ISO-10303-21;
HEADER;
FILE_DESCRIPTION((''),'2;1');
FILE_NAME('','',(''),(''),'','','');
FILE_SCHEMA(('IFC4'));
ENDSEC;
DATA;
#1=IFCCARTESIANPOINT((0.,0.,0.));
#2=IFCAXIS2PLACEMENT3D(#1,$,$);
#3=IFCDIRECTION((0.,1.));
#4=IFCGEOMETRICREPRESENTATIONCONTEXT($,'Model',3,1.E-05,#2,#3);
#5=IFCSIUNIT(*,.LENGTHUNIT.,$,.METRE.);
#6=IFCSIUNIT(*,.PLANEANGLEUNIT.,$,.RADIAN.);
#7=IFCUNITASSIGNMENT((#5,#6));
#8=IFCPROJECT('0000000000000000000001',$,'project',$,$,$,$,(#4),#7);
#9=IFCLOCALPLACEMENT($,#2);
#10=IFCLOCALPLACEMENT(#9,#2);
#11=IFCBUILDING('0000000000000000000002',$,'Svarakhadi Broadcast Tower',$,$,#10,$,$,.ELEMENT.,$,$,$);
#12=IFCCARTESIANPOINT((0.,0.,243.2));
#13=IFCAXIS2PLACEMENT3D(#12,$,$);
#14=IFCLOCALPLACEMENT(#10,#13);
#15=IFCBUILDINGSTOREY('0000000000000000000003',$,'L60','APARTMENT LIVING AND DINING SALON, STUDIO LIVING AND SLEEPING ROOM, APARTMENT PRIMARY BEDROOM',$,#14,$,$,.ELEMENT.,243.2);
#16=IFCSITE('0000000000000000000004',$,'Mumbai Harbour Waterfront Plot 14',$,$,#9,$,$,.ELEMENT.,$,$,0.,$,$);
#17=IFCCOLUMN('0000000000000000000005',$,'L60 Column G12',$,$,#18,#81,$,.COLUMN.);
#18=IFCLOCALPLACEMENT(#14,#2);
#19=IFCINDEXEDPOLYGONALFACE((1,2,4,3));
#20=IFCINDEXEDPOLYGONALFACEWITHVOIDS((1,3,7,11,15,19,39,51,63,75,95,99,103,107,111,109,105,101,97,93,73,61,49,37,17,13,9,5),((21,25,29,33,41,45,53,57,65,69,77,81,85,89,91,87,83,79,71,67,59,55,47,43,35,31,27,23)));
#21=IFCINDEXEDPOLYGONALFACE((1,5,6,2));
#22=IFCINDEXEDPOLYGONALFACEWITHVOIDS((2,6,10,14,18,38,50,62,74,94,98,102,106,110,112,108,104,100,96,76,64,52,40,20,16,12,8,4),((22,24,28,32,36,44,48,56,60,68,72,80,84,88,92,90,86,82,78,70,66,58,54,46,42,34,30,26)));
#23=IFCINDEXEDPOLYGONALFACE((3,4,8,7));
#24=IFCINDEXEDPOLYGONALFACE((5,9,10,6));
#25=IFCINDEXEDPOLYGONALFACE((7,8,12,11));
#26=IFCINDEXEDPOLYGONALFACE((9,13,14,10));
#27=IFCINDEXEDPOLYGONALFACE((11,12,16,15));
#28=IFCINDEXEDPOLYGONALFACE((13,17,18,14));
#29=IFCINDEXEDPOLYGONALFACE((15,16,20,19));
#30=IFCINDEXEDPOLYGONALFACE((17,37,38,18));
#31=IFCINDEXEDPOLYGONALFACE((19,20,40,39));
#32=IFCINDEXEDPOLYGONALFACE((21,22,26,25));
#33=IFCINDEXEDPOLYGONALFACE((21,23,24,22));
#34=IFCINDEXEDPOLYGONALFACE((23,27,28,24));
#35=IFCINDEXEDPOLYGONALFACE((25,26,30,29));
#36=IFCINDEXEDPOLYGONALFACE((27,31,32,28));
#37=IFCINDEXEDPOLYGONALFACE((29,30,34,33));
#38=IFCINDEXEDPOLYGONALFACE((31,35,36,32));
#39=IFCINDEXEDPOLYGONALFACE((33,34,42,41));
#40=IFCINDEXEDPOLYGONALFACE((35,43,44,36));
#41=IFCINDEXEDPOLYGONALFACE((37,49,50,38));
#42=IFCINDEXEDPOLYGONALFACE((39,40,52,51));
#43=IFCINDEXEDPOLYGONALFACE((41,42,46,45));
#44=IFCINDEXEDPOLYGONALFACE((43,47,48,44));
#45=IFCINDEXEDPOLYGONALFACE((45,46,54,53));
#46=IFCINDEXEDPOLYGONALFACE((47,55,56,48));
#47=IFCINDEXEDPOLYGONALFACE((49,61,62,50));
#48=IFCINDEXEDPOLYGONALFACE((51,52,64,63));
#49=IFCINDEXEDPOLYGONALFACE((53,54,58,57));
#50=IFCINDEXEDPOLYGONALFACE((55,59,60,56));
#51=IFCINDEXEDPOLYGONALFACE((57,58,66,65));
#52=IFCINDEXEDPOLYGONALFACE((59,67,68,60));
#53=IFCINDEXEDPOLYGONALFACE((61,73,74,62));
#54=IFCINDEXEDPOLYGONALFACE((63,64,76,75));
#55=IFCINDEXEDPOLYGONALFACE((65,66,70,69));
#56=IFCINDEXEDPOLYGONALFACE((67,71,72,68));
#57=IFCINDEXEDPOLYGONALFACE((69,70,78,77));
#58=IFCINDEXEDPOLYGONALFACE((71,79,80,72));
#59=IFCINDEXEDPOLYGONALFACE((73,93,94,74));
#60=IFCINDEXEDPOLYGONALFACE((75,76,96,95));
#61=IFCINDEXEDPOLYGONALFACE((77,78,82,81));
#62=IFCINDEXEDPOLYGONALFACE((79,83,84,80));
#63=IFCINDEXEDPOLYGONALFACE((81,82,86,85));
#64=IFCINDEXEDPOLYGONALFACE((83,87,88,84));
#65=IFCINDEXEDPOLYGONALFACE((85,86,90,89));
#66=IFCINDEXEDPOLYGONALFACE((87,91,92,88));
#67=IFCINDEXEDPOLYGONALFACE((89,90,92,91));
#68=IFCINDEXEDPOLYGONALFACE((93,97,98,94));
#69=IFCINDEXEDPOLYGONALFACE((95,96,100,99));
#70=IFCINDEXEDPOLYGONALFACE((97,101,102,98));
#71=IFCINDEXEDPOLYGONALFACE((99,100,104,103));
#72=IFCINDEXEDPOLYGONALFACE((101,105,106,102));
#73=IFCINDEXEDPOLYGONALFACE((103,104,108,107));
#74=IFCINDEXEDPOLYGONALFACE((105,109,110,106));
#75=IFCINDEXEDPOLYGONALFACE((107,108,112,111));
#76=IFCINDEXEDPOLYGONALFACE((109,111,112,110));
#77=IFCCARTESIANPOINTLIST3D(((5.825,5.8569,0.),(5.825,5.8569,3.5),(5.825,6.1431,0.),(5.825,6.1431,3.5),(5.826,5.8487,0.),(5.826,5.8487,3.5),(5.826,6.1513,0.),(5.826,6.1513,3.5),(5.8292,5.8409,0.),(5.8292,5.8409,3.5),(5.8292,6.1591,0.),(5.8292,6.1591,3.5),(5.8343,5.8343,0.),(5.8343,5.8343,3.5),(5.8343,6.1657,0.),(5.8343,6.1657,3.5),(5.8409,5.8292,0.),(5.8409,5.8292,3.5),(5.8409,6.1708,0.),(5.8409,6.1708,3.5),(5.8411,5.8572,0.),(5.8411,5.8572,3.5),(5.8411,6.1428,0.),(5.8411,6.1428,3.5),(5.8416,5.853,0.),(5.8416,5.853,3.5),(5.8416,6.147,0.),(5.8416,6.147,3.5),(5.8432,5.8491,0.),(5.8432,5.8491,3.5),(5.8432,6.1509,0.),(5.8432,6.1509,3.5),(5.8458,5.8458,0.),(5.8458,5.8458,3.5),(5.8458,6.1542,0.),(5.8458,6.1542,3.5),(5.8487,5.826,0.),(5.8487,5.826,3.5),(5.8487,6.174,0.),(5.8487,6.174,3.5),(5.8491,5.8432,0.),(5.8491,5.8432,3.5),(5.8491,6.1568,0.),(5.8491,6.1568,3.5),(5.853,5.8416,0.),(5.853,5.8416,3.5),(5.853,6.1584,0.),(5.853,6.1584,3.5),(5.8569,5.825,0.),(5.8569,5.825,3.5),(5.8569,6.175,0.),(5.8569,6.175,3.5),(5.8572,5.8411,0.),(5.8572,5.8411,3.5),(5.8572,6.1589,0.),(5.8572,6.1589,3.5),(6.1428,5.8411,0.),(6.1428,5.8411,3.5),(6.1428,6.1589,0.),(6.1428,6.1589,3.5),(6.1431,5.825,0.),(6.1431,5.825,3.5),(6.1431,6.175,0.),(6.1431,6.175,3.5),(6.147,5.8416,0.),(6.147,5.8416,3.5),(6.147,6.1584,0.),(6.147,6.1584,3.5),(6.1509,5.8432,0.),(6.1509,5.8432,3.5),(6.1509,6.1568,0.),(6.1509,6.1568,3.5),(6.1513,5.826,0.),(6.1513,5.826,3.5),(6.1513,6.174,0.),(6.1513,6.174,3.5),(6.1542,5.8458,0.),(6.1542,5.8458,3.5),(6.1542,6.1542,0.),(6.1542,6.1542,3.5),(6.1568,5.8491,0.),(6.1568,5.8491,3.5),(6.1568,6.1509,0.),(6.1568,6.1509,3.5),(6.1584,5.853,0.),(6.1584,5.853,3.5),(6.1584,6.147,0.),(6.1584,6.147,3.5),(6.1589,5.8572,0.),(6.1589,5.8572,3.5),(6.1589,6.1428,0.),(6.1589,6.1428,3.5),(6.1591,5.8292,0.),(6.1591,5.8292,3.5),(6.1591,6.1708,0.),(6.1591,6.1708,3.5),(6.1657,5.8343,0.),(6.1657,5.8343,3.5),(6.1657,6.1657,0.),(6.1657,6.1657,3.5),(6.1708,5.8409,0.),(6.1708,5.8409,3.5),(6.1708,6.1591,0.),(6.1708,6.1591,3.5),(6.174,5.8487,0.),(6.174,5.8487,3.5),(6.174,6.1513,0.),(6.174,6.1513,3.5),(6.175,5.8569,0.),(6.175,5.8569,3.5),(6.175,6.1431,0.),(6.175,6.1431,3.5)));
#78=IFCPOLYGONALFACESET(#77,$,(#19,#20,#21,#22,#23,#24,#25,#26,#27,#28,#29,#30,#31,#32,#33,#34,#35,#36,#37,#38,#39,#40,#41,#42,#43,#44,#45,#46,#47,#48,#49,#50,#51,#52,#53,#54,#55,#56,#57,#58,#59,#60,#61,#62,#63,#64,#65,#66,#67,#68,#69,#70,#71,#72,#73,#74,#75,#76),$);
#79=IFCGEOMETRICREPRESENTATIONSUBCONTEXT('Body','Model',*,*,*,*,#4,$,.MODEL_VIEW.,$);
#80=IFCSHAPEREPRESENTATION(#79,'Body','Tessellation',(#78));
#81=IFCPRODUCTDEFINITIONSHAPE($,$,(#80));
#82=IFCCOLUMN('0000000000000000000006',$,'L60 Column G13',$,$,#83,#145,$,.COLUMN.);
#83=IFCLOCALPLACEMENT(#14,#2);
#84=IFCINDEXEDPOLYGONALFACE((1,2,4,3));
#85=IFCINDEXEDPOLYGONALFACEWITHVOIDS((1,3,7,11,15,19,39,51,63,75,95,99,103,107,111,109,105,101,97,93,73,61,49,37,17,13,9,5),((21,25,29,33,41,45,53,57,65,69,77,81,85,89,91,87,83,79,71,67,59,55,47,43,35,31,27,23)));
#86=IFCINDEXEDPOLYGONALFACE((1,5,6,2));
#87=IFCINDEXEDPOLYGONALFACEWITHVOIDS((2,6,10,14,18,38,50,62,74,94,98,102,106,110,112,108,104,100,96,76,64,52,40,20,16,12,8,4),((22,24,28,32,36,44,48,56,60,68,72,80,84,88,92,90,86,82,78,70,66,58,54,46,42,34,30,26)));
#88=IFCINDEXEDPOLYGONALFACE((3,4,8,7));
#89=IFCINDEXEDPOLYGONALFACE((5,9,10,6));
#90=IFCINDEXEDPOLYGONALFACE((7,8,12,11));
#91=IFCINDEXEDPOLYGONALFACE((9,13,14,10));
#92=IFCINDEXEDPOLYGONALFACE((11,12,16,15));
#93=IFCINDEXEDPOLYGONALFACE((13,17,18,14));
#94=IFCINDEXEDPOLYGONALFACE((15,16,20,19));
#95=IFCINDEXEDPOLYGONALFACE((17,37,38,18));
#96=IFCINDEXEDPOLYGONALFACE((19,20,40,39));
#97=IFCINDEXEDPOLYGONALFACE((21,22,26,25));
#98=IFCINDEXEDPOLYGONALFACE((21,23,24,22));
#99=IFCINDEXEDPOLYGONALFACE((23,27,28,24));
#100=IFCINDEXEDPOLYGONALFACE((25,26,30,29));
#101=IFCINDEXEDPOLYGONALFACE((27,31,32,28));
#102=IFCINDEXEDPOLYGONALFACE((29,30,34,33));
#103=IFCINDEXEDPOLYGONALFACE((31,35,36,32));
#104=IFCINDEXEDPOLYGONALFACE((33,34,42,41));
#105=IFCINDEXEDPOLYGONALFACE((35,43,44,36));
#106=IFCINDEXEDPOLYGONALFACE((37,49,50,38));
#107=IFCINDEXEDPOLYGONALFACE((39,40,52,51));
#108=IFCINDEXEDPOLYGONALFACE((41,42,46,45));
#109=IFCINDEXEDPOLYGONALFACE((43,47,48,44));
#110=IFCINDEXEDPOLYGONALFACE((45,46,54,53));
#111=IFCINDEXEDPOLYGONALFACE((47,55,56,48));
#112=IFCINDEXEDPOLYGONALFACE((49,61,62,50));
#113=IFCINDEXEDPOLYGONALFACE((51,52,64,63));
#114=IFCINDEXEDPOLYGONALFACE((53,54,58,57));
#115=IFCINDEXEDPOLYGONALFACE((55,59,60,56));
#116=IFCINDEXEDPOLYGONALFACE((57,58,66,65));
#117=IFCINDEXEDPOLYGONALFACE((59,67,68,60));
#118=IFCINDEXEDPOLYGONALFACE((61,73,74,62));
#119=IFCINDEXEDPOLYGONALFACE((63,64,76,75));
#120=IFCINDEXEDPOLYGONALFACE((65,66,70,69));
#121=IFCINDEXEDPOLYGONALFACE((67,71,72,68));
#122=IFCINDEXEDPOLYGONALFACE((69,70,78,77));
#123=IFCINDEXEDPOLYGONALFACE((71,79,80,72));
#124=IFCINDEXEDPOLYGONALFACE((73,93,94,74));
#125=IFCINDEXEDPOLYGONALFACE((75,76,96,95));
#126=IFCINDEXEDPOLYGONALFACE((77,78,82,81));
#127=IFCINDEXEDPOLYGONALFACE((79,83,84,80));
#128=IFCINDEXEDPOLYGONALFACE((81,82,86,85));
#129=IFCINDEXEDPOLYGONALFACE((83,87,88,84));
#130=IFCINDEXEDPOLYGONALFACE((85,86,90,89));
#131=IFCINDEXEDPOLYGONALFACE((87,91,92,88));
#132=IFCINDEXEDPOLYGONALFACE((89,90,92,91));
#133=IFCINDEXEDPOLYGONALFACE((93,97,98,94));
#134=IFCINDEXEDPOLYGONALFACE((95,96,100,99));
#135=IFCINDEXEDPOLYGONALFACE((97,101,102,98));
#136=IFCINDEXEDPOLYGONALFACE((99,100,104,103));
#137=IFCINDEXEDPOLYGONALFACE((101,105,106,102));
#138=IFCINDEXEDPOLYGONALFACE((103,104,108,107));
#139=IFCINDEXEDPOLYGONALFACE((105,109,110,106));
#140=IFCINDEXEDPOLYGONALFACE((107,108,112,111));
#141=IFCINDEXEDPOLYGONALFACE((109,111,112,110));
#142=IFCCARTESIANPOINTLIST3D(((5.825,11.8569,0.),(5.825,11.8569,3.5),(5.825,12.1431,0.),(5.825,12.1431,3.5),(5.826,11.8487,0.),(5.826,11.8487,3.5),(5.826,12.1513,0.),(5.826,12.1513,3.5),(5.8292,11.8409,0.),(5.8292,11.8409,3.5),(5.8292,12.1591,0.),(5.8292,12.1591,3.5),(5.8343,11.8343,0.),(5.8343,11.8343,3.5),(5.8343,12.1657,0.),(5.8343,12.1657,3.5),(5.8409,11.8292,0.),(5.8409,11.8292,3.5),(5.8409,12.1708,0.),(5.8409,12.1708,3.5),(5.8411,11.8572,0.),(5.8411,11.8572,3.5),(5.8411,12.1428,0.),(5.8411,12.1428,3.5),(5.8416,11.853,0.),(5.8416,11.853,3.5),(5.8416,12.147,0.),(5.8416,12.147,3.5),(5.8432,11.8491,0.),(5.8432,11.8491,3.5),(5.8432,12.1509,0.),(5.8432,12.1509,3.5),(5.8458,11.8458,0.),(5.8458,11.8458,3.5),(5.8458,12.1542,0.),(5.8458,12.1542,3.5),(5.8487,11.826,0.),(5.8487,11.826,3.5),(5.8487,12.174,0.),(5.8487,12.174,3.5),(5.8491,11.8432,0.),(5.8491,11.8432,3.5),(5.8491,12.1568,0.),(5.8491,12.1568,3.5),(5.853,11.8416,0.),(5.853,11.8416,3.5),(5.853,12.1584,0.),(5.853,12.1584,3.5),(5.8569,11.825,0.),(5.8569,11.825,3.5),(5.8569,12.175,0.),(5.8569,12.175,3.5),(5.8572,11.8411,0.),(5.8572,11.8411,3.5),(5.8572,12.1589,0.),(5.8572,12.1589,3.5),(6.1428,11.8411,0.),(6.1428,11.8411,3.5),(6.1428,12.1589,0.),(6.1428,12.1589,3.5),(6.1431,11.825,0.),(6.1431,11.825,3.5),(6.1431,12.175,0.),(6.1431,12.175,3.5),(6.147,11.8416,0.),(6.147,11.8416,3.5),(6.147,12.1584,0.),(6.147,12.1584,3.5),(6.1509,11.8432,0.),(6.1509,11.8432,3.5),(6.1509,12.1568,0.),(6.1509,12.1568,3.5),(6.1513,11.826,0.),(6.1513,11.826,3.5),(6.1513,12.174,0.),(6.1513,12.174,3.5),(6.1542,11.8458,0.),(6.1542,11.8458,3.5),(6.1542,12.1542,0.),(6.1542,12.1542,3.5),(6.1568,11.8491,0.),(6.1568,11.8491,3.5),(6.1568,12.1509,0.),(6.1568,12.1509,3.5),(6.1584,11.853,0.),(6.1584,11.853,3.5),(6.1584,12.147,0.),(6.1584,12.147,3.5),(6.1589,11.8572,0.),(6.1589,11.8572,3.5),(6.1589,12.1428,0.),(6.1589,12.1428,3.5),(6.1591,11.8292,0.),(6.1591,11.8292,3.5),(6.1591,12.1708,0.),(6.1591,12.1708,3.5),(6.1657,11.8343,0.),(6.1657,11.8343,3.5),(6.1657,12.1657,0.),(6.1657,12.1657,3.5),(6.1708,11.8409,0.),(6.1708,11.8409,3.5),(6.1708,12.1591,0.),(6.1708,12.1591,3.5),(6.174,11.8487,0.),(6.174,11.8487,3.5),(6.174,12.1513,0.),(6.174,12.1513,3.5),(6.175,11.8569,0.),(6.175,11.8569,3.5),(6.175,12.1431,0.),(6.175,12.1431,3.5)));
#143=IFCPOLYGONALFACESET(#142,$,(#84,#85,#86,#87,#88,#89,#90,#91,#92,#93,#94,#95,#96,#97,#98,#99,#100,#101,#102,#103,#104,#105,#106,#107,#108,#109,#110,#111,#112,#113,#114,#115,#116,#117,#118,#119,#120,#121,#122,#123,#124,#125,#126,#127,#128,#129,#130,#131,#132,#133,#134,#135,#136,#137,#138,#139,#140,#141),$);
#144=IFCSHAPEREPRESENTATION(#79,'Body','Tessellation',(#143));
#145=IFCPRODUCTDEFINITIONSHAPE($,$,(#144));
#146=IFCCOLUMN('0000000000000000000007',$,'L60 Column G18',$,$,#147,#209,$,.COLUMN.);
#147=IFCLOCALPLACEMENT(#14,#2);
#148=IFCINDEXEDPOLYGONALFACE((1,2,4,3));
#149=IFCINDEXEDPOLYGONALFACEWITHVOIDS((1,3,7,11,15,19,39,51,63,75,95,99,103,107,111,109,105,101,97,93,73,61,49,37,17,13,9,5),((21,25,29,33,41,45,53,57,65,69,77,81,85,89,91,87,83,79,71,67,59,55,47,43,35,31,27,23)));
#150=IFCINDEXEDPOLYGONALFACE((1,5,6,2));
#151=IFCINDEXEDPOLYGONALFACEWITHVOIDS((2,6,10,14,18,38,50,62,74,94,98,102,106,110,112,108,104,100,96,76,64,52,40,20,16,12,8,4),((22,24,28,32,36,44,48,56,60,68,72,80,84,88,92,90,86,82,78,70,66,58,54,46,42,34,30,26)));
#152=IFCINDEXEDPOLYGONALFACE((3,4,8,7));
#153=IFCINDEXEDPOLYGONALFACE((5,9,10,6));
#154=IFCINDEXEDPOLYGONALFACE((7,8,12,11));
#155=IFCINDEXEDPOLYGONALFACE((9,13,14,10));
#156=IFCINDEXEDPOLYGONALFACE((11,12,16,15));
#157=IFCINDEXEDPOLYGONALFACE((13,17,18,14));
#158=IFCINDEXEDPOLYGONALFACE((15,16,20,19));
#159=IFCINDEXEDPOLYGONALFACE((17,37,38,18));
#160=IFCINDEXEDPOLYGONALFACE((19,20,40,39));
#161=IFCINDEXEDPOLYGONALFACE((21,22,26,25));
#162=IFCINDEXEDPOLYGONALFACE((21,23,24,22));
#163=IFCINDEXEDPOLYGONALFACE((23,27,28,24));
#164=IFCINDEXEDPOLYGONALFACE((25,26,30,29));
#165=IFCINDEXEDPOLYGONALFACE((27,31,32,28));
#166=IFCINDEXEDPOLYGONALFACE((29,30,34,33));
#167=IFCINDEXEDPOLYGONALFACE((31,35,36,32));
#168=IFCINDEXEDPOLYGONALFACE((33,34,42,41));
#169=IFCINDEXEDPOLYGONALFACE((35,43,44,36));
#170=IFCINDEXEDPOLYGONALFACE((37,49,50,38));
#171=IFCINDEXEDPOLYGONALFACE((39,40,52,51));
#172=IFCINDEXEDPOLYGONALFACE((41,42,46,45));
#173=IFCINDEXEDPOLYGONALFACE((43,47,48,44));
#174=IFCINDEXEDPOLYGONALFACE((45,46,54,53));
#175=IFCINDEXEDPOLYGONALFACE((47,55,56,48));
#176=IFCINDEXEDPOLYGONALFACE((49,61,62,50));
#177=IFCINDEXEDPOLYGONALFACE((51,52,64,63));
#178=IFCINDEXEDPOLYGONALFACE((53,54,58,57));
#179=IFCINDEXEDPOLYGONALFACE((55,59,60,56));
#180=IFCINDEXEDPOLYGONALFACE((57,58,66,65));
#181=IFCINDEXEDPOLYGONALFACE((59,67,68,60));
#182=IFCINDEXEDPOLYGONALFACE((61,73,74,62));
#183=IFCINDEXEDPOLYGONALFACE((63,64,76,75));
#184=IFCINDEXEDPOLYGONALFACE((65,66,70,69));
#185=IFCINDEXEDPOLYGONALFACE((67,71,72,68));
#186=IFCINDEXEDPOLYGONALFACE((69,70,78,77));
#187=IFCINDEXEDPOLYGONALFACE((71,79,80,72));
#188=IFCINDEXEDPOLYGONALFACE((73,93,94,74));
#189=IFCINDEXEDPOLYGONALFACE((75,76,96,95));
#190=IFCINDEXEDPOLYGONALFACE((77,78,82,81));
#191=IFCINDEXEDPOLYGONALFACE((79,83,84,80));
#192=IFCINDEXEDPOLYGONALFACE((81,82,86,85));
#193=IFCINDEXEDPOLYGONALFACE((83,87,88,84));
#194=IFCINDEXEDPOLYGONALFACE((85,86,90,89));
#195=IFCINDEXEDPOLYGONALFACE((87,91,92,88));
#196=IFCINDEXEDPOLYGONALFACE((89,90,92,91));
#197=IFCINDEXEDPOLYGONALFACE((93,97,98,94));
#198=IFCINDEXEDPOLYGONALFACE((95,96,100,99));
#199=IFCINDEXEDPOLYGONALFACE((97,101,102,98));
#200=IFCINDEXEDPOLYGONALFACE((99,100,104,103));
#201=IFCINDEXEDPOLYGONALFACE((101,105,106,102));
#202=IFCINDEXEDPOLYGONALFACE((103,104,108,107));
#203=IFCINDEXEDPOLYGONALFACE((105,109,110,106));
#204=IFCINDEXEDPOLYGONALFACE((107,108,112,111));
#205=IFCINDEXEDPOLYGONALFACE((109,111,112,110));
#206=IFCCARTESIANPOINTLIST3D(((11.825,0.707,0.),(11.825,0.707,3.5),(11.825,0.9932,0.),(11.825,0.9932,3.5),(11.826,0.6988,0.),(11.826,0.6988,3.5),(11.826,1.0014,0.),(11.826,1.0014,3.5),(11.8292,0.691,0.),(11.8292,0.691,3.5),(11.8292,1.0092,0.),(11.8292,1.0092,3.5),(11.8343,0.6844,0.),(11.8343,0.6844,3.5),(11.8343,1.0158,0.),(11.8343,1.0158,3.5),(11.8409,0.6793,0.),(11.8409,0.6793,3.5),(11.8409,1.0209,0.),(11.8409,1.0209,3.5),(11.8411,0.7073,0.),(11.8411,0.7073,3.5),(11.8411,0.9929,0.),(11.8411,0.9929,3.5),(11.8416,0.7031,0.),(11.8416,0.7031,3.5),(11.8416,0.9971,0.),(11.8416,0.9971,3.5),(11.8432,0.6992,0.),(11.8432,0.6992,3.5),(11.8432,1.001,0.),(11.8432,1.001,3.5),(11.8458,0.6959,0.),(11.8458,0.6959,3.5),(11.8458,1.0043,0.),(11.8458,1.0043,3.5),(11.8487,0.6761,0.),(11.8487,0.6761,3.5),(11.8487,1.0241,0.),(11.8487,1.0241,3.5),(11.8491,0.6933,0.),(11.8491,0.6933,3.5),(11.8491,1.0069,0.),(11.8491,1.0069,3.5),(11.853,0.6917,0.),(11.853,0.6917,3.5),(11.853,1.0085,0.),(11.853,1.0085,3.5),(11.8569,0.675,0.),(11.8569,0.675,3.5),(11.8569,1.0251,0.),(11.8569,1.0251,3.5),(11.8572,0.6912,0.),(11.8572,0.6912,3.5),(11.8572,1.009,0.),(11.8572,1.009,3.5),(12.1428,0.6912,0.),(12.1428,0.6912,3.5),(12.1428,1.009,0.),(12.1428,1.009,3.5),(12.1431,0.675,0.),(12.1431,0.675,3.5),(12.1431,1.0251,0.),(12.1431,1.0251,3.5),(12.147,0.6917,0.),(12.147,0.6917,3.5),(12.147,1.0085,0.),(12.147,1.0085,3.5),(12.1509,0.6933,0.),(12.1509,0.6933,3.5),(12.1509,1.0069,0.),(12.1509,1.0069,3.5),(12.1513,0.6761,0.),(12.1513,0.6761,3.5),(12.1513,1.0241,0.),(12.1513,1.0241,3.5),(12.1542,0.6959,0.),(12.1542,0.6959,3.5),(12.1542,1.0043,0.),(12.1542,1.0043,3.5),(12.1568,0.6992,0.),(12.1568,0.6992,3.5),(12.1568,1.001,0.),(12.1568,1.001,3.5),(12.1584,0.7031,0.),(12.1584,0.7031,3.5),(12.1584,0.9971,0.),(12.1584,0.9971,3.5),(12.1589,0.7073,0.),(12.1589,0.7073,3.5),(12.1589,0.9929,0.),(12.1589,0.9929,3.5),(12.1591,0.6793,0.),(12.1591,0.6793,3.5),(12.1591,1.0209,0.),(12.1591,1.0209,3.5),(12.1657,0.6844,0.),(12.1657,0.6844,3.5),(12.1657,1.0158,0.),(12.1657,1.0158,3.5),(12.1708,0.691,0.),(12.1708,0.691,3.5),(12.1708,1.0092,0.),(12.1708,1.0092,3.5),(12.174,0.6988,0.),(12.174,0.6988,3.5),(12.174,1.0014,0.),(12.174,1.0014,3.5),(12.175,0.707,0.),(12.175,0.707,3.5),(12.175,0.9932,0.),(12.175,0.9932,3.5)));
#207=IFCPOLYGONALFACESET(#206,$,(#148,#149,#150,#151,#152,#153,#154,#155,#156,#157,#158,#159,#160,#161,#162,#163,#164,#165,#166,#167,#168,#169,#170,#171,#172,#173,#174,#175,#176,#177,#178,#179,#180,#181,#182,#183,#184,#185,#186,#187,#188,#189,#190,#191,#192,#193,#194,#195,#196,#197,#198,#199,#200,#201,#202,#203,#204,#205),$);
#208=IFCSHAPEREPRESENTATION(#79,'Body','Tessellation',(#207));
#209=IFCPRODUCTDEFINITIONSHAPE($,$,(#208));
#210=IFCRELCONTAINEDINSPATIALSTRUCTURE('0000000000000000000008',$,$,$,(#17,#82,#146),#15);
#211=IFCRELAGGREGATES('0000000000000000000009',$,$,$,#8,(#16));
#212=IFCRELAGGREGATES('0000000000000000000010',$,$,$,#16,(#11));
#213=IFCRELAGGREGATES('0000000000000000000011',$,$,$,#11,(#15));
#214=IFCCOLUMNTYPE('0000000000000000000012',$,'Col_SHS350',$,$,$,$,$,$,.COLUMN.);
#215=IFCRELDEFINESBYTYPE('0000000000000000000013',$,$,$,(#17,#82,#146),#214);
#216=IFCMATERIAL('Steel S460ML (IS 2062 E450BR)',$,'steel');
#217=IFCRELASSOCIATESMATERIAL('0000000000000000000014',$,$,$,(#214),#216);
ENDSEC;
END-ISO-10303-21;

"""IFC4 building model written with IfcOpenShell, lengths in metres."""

from ifc_helpers import new_model, si_unit, direction, frame, origin, origin_2d, place, context, subcontext, project, spatial, hollow_rectangle, extrude, material, material_profile, profile_set, type_object, element, save


model = new_model("IFC4")

# Units and contexts
model_context = context("Model", 3, precision=1e-05, world=origin(), true_north=direction((0.0, 1.0)))
body_context = subcontext(model_context, "Body", "Model", "MODEL_VIEW")
ifc_project = project(units=[si_unit("LENGTHUNIT", "METRE"), si_unit("PLANEANGLEUNIT", "RADIAN")], contexts=[model_context])

# Site, building, storey
site_placement = place(None, origin())
site = spatial("IfcSite", under=ifc_project, at=site_placement, Name="Mumbai Harbour Waterfront Plot 14", CompositionType="ELEMENT", RefElevation=0.0)
building_placement = place(site_placement, origin())
building = spatial("IfcBuilding", under=site, at=building_placement, Name="Svarakhadi Broadcast Tower", CompositionType="ELEMENT")
storey_placement = place(building_placement, frame((0.0, 0.0, 243.2)))
storey = spatial("IfcBuildingStorey", under=building, at=storey_placement, Name="L60", Description="APARTMENT LIVING AND DINING SALON, STUDIO LIVING AND SLEEPING ROOM, APARTMENT PRIMARY BEDROOM", CompositionType="ELEMENT", Elevation=243.2)

# Columns
ifc_material_1 = material(Name="Steel S460ML (IS 2062 E450BR)", Category="steel")
ifc_material_profile_1 = material_profile(ifc_material_1, hollow_rectangle(XDim=0.3501, YDim=0.3501, WallThickness=0.0161, InnerFilletRadius=0.0161, OuterFilletRadius=0.032, at=origin_2d()), Name="SHS 350x350x16")
ifc_profile_set_1 = profile_set([ifc_material_profile_1], Name="Steel S460ML (IS 2062 E450BR)")
column_type = type_object("IfcColumnType", Name="Col_SHS350", PredefinedType="COLUMN", material=ifc_profile_set_1)
for number, where, z_axis, x_axis, name in (
    (1, (6.0, 6.0, 0.0), (0.0, 0.0, 1.0), (1.0, 0.0, 0.0), "L60 Column G12"),
    (2, (6.0, 12.0, 0.0), (0.0, 0.0, 1.0), (1.0, 0.0, 0.0), "L60 Column G13"),
    (3, (12.0, 0.8501, 0.0), (0.0, 0.0, 1.0), (1.0, 0.0, 0.0), "L60 Column G18"),
):
    element("IfcColumn", number, at=place(storey_placement, frame(where, z_axis=z_axis, x_axis=x_axis)), inside=storey, type_object=column_type, Name=name, PredefinedType="COLUMN", context=body_context, shape_type="SweptSolid", body=[
        extrude(hollow_rectangle(XDim=0.3501, YDim=0.3501, WallThickness=0.0161, InnerFilletRadius=0.0161, OuterFilletRadius=0.032, at=origin_2d()), origin(), (0.0, 0.0, 1.0), 3.5),
    ])

save(model, "model.ifc")
